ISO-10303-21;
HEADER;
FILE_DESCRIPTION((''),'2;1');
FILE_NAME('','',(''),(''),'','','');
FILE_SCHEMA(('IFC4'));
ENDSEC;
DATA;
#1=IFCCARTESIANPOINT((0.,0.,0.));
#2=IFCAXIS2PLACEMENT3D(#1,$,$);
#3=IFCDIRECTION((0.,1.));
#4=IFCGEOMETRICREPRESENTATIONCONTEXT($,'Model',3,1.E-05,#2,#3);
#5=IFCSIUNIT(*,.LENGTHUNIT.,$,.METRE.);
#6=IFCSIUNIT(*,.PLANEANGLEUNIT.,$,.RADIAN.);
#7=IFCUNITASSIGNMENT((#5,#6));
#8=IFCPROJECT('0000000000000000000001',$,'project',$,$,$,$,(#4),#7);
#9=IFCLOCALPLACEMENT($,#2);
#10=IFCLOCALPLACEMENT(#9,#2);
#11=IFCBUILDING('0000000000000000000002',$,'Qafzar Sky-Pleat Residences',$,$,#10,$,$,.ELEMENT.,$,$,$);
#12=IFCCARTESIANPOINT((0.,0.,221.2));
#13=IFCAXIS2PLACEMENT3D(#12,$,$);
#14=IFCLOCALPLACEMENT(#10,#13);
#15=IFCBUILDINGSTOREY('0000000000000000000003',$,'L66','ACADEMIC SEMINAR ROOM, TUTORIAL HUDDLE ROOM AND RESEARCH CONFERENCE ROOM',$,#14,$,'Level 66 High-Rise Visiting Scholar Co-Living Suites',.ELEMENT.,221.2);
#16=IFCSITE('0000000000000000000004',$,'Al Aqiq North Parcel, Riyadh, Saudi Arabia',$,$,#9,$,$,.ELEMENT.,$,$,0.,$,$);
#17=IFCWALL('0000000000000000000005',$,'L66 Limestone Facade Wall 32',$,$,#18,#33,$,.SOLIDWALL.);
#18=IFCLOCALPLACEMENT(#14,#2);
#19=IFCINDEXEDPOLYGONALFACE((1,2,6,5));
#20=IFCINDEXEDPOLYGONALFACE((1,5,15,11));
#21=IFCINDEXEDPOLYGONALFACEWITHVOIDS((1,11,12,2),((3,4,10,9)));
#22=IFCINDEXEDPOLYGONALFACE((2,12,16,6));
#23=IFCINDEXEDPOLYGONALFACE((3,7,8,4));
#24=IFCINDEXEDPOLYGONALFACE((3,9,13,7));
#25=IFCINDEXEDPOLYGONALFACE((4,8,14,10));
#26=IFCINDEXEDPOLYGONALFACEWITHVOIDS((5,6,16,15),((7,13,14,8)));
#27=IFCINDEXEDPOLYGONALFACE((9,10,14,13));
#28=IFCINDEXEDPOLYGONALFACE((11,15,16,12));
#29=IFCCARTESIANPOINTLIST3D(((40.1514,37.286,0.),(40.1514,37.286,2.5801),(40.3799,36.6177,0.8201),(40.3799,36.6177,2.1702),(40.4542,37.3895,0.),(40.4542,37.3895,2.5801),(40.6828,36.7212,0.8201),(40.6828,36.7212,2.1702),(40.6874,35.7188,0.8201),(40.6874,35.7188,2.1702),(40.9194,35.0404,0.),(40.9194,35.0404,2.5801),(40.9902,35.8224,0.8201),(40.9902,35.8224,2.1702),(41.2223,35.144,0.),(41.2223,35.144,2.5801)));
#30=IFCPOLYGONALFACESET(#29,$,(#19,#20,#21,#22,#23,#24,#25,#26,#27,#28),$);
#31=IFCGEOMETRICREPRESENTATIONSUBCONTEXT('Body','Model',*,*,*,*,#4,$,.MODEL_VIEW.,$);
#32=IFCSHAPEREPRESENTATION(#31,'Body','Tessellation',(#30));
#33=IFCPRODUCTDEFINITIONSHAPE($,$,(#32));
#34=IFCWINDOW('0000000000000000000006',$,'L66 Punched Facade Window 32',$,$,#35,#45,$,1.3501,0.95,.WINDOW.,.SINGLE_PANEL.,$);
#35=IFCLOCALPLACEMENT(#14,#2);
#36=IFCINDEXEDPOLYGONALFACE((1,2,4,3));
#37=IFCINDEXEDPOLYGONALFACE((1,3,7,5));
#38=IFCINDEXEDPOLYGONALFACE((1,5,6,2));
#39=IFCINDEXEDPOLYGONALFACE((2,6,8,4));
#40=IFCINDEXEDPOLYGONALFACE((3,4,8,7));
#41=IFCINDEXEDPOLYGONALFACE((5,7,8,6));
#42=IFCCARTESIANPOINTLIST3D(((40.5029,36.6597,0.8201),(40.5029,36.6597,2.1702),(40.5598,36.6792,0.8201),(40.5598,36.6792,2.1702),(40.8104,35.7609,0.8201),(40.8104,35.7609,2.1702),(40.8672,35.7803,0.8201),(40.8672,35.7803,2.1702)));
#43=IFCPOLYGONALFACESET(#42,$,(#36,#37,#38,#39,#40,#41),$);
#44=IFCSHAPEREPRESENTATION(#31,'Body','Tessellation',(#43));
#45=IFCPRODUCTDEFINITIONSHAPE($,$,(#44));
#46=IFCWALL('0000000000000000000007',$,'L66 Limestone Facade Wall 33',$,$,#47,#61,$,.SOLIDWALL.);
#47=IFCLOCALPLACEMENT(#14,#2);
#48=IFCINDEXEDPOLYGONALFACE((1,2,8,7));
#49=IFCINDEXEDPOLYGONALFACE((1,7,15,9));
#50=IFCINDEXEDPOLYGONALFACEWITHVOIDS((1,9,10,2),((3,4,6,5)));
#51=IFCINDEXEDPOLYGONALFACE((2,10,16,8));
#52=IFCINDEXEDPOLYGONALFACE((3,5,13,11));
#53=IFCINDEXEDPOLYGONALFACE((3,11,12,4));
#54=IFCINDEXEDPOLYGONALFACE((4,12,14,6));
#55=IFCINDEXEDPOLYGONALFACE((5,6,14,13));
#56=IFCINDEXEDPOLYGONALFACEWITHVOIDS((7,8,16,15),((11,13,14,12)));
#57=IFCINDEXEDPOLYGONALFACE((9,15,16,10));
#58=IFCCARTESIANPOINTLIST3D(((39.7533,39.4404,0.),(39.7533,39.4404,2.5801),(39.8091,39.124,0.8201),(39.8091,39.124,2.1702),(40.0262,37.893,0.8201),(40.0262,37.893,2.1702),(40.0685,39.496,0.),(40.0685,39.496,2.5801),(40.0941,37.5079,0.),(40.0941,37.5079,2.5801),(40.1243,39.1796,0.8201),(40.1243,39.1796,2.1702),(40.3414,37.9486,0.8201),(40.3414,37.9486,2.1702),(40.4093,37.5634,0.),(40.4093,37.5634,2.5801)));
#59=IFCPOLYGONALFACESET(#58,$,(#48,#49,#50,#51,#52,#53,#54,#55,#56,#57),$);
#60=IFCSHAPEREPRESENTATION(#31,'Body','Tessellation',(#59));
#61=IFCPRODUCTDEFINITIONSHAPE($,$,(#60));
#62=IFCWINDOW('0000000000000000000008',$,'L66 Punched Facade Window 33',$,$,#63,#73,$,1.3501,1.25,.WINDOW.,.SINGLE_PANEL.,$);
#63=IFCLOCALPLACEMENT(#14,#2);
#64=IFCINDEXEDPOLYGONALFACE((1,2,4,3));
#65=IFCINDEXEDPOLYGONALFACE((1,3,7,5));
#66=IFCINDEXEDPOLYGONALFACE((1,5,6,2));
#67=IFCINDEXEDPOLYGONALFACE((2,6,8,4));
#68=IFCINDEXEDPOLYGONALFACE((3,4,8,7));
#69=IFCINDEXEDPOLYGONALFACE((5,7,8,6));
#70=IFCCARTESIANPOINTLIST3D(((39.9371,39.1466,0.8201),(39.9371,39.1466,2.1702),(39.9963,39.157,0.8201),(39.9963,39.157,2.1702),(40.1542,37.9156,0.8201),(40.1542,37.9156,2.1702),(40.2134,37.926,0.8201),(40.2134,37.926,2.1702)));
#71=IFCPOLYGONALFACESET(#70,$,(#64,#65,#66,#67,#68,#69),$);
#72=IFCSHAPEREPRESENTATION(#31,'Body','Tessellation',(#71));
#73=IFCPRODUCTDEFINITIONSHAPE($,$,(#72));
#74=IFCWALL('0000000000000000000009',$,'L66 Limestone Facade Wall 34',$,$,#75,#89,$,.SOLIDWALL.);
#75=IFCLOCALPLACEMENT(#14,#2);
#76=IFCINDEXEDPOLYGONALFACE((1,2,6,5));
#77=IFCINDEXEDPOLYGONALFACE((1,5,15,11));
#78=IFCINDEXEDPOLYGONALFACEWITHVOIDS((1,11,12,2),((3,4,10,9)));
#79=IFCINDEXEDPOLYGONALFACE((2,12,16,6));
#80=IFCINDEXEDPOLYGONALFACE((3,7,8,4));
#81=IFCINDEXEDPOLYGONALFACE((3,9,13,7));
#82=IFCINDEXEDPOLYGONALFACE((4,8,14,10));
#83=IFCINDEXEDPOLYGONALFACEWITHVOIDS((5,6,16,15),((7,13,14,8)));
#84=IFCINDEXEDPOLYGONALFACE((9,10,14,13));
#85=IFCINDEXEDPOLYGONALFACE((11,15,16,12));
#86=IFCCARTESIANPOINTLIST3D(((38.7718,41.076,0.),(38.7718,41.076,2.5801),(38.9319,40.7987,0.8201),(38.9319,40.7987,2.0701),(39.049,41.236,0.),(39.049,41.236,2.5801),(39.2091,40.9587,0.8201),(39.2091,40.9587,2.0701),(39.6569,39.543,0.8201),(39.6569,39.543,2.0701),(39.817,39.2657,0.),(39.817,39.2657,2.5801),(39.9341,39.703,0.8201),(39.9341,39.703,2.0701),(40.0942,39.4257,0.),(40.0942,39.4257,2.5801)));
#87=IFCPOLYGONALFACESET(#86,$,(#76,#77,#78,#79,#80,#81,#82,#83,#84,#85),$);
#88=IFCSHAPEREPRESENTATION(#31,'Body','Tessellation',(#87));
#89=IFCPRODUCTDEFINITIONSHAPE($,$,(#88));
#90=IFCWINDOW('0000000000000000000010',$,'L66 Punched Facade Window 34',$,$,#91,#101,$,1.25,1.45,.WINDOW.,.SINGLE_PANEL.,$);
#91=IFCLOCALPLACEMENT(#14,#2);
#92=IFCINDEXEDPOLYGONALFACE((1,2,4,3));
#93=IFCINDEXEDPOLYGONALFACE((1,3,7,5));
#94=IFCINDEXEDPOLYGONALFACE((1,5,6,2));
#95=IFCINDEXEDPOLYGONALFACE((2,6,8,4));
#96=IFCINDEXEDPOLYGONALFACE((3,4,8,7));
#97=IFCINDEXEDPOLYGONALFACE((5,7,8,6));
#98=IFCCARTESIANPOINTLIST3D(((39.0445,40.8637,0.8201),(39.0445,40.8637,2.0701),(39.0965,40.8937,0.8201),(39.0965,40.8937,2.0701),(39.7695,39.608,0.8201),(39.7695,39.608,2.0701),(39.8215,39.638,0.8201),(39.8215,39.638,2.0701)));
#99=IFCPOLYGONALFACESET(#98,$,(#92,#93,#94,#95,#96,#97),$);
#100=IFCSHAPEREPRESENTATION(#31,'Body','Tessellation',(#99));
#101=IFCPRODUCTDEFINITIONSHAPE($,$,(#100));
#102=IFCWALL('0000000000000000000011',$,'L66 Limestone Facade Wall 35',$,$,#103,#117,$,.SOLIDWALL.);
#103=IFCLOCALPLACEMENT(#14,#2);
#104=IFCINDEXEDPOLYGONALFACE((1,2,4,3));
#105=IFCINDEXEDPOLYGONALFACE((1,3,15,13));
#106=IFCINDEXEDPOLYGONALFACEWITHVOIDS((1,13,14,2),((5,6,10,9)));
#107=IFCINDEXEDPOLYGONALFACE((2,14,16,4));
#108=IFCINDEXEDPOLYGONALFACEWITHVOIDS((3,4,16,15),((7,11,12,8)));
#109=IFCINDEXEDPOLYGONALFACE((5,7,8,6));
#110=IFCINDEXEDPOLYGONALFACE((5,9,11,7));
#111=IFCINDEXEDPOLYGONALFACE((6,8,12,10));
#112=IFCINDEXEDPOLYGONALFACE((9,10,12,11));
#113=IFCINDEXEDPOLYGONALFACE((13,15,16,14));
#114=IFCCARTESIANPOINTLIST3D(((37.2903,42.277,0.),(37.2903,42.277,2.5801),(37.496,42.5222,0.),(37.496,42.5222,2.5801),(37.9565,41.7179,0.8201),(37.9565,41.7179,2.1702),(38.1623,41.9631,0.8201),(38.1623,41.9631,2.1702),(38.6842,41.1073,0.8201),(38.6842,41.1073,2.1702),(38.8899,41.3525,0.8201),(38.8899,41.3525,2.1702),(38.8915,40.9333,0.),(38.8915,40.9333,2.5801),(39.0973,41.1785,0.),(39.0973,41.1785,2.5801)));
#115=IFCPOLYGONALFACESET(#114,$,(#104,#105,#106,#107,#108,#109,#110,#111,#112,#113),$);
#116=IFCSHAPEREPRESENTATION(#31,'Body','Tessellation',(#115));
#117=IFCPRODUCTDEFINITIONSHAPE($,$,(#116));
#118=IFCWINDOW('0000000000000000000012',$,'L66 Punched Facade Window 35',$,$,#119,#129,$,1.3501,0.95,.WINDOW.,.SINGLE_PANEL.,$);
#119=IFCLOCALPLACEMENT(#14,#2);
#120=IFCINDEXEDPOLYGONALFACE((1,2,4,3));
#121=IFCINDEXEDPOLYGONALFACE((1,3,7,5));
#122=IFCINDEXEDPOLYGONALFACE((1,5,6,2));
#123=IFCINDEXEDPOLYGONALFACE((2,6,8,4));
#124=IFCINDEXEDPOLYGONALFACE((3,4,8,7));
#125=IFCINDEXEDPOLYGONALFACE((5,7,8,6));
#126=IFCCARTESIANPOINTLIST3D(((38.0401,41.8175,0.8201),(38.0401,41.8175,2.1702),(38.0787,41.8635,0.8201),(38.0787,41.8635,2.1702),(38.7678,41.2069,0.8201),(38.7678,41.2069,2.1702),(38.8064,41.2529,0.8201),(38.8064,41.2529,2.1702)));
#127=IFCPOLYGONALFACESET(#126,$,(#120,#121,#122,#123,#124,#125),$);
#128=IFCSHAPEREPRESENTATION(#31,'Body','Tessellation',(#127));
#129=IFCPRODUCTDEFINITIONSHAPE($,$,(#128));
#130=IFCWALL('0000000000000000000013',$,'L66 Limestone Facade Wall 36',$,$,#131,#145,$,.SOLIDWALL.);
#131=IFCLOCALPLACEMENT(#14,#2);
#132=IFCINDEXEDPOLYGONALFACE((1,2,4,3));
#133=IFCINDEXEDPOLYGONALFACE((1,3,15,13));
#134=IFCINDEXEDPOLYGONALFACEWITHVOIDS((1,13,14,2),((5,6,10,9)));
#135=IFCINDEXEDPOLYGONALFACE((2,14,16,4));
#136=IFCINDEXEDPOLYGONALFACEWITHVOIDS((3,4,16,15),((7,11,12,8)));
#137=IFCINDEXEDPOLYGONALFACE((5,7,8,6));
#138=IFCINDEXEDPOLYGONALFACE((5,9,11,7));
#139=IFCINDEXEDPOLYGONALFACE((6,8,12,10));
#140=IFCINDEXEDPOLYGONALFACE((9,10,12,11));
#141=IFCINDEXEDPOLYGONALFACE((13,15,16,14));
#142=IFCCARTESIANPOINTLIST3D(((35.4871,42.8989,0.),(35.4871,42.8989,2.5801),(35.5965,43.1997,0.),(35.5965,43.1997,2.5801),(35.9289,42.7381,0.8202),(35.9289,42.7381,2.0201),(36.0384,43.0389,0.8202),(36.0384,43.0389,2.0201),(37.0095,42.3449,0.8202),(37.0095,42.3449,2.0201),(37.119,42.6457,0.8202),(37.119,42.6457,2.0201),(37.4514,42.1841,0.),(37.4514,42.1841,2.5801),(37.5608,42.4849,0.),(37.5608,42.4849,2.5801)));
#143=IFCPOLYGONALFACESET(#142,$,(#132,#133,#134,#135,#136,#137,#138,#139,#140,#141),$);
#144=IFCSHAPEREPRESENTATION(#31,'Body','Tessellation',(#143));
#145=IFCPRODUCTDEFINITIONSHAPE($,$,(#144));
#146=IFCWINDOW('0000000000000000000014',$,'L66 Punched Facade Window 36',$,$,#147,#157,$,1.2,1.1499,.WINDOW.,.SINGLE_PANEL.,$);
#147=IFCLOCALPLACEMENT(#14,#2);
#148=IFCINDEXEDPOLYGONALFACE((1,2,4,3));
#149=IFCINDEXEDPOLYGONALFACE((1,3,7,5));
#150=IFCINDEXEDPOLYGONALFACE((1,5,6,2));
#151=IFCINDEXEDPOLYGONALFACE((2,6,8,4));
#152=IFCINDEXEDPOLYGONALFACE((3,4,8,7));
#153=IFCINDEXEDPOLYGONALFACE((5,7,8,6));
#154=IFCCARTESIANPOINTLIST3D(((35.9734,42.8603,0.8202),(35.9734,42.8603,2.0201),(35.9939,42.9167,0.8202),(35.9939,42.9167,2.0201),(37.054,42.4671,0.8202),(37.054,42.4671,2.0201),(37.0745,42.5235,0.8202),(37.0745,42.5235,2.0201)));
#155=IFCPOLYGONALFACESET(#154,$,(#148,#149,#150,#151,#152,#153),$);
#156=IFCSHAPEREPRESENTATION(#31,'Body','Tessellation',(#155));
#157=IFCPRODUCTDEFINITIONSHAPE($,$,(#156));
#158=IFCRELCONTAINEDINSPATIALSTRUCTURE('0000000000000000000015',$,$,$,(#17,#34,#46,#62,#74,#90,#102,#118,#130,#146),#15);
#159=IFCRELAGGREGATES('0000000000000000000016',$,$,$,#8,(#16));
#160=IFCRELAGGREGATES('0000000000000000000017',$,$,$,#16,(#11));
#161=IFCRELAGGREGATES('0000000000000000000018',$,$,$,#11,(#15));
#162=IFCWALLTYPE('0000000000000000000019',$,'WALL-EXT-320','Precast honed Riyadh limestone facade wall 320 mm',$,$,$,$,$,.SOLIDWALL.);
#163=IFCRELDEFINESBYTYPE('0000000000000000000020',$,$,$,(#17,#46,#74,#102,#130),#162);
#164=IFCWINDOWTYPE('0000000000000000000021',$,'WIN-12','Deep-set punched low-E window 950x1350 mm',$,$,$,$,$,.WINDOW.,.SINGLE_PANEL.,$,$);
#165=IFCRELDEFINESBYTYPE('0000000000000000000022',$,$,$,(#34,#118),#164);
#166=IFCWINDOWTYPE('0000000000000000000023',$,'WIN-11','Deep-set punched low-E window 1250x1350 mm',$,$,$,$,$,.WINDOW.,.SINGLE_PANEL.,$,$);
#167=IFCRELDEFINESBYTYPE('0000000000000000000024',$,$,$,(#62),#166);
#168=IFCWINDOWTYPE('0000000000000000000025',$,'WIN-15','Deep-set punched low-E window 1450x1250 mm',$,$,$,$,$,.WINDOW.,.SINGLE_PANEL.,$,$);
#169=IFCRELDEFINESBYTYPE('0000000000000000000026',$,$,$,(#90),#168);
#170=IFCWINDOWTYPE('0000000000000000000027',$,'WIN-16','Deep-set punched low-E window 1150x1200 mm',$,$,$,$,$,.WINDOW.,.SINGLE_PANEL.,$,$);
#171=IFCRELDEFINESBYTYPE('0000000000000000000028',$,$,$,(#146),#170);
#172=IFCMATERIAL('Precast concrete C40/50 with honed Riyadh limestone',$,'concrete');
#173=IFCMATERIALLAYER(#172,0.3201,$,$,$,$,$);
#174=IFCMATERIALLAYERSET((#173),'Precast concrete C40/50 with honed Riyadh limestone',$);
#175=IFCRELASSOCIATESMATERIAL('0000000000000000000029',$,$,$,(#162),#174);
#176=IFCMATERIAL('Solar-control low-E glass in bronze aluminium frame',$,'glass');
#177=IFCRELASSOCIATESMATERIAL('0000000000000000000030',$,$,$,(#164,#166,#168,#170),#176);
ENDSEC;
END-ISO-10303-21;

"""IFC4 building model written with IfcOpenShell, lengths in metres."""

from ifc_helpers import new_model, si_unit, direction, frame, frame_2d, origin, place, context, subcontext, project, spatial, rectangle, extrude, source, transform, mapped, material, layer, layer_set, type_object, element, fill, save


model = new_model("IFC4")

# Units and contexts
model_context = context("Model", 3, precision=1e-05, world=origin(), true_north=direction((0.0, 1.0)))
body_context = subcontext(model_context, "Body", "Model", "MODEL_VIEW")
ifc_project = project(units=[si_unit("LENGTHUNIT", "METRE"), si_unit("PLANEANGLEUNIT", "RADIAN")], contexts=[model_context])

# Site, building, storey
site_placement = place(None, origin())
site = spatial("IfcSite", under=ifc_project, at=site_placement, Name="Al Aqiq North Parcel, Riyadh, Saudi Arabia", CompositionType="ELEMENT", RefElevation=0.0)
building_placement = place(site_placement, origin())
building = spatial("IfcBuilding", under=site, at=building_placement, Name="Qafzar Sky-Pleat Residences", CompositionType="ELEMENT")
storey_placement = place(building_placement, frame((0.0, 0.0, 221.2)))
storey = spatial("IfcBuildingStorey", under=building, at=storey_placement, Name="L66", Description="ACADEMIC SEMINAR ROOM, TUTORIAL HUDDLE ROOM AND RESEARCH CONFERENCE ROOM", LongName="Level 66 High-Rise Visiting Scholar Co-Living Suites", CompositionType="ELEMENT", Elevation=221.2)

# Walls, openings, windows
ifc_material_1 = material(Name="Precast concrete C40/50 with honed Riyadh limestone", Category="concrete")
ifc_layer_1 = layer(ifc_material_1, 0.3201)
ifc_layer_set_1 = layer_set([ifc_layer_1], Name="Precast concrete C40/50 with honed Riyadh limestone")
wall_type_1 = type_object("IfcWallType", Name="WALL-EXT-320", Description="Precast honed Riyadh limestone facade wall 320 mm", PredefinedType="SOLIDWALL", material=ifc_layer_set_1)
wall_1_placement = place(storey_placement, frame((41.0708, 35.0923, 0.0), z_axis=(0.0, 0.0, 1.0), x_axis=(-0.323625, 0.946186, 0.0)))
wall_1 = element("IfcWall", 1, at=wall_1_placement, inside=storey, type_object=wall_type_1, Name="L66 Limestone Facade Wall 32", PredefinedType="SOLIDWALL", context=body_context, shape_type="SweptSolid", body=[
    extrude(rectangle(XDim=2.3733, YDim=0.3201, at=frame_2d((1.1865, 0.0))), origin(), (0.0, 0.0, 1.0), 2.5801),
])
opening_1_placement = place(wall_1_placement, frame((0.7168, 0.0, 0.8201)))
opening_1 = element("IfcOpeningElement", 2, at=opening_1_placement, cuts=wall_1, PredefinedType="OPENING", context=body_context, shape_type="SweptSolid", body=[
    extrude(rectangle(XDim=0.95, YDim=1.3501, at=frame_2d((0.4751, 0.675))), frame((0.0, 0.1699, 0.0), z_axis=(0.0, -1.0, 0.0), x_axis=(1.0, 0.0, 0.0)), (0.0, 0.0, 1.0), 0.3401),
])
ifc_material_2 = material(Name="Solar-control low-E glass in bronze aluminium frame", Category="glass")
window_type_1 = type_object("IfcWindowType", Name="WIN-12", Description="Deep-set punched low-E window 950x1350 mm", PartitioningType="SINGLE_PANEL", PredefinedType="WINDOW", material=ifc_material_2)
shared_shape_1 = source(origin(), body_context, "Body", "SweptSolid", [
    extrude(rectangle(XDim=0.95, YDim=1.3501, at=frame_2d((0.4751, 0.675))), frame((0.0, 0.03, 0.0), z_axis=(0.0, -1.0, 0.0), x_axis=(1.0, 0.0, 0.0)), (0.0, 0.0, 1.0), 0.0601),
])
window_1_placement = place(opening_1_placement, origin())
window_1 = element("IfcWindow", 3, at=window_1_placement, inside=storey, type_object=window_type_1, Name="L66 Punched Facade Window 32", OverallHeight=1.3501, OverallWidth=0.95, PartitioningType="SINGLE_PANEL", PredefinedType="WINDOW", context=body_context, shape_type="MappedRepresentation", body=[
    mapped(shared_shape_1, transform((0.0, 0.0, 0.0), x_axis=(1.0, 0.0, 0.0), y_axis=(0.0, 1.0, 0.0), z_axis=(0.0, 0.0, 1.0), scale=1.0)),
])
fill(opening_1, window_1)
wall_2_placement = place(storey_placement, frame((40.2517, 37.5356, 0.0), z_axis=(0.0, 0.0, 1.0), x_axis=(-0.173672, 0.984804, 0.0)))
wall_2 = element("IfcWall", 4, at=wall_2_placement, inside=storey, type_object=wall_type_1, Name="L66 Limestone Facade Wall 33", PredefinedType="SOLIDWALL", context=body_context, shape_type="SweptSolid", body=[
    extrude(rectangle(XDim=1.9624, YDim=0.3201, at=frame_2d((0.9812, 0.0))), origin(), (0.0, 0.0, 1.0), 2.5801),
])
opening_2_placement = place(wall_2_placement, frame((0.3911, 0.0, 0.8201)))
opening_2 = element("IfcOpeningElement", 5, at=opening_2_placement, cuts=wall_2, PredefinedType="OPENING", context=body_context, shape_type="SweptSolid", body=[
    extrude(rectangle(XDim=1.25, YDim=1.3501, at=frame_2d((0.625, 0.675))), frame((0.0, 0.1699, 0.0), z_axis=(0.0, -1.0, 0.0), x_axis=(1.0, 0.0, 0.0)), (0.0, 0.0, 1.0), 0.3401),
])
window_type_2 = type_object("IfcWindowType", Name="WIN-11", Description="Deep-set punched low-E window 1250x1350 mm", PartitioningType="SINGLE_PANEL", PredefinedType="WINDOW", material=ifc_material_2)
shared_shape_2 = source(origin(), body_context, "Body", "SweptSolid", [
    extrude(rectangle(XDim=1.25, YDim=1.3501, at=frame_2d((0.625, 0.675))), frame((0.0, 0.03, 0.0), z_axis=(0.0, -1.0, 0.0), x_axis=(1.0, 0.0, 0.0)), (0.0, 0.0, 1.0), 0.0601),
])
window_2_placement = place(opening_2_placement, origin())
window_2 = element("IfcWindow", 6, at=window_2_placement, inside=storey, type_object=window_type_2, Name="L66 Punched Facade Window 33", OverallHeight=1.3501, OverallWidth=1.25, PartitioningType="SINGLE_PANEL", PredefinedType="WINDOW", context=body_context, shape_type="MappedRepresentation", body=[
    mapped(shared_shape_2, transform((0.0, 0.0, 0.0), x_axis=(1.0, 0.0, 0.0), y_axis=(0.0, 1.0, 0.0), z_axis=(0.0, 0.0, 1.0), scale=1.0)),
])
fill(opening_2, window_2)
wall_3_placement = place(storey_placement, frame((39.9556, 39.3457, 0.0), z_axis=(0.0, 0.0, 1.0), x_axis=(-0.499995, 0.866028, 0.0)))
wall_3 = element("IfcWall", 7, at=wall_3_placement, inside=storey, type_object=wall_type_1, Name="L66 Limestone Facade Wall 34", PredefinedType="SOLIDWALL", context=body_context, shape_type="SweptSolid", body=[
    extrude(rectangle(XDim=2.0903, YDim=0.3201, at=frame_2d((1.0452, 0.0))), origin(), (0.0, 0.0, 1.0), 2.5801),
])
opening_3_placement = place(wall_3_placement, frame((0.3201, 0.0, 0.8201)))
opening_3 = element("IfcOpeningElement", 8, at=opening_3_placement, cuts=wall_3, PredefinedType="OPENING", context=body_context, shape_type="SweptSolid", body=[
    extrude(rectangle(XDim=1.45, YDim=1.25, at=frame_2d((0.7251, 0.625))), frame((0.0, 0.1699, 0.0), z_axis=(0.0, -1.0, 0.0), x_axis=(1.0, 0.0, 0.0)), (0.0, 0.0, 1.0), 0.3401),
])
window_type_3 = type_object("IfcWindowType", Name="WIN-15", Description="Deep-set punched low-E window 1450x1250 mm", PartitioningType="SINGLE_PANEL", PredefinedType="WINDOW", material=ifc_material_2)
shared_shape_3 = source(origin(), body_context, "Body", "SweptSolid", [
    extrude(rectangle(XDim=1.45, YDim=1.25, at=frame_2d((0.7251, 0.625))), frame((0.0, 0.03, 0.0), z_axis=(0.0, -1.0, 0.0), x_axis=(1.0, 0.0, 0.0)), (0.0, 0.0, 1.0), 0.0601),
])
window_3_placement = place(opening_3_placement, origin())
window_3 = element("IfcWindow", 9, at=window_3_placement, inside=storey, type_object=window_type_3, Name="L66 Punched Facade Window 34", OverallHeight=1.25, OverallWidth=1.45, PartitioningType="SINGLE_PANEL", PredefinedType="WINDOW", context=body_context, shape_type="MappedRepresentation", body=[
    mapped(shared_shape_3, transform((0.0, 0.0, 0.0), x_axis=(1.0, 0.0, 0.0), y_axis=(0.0, 1.0, 0.0), z_axis=(0.0, 0.0, 1.0), scale=1.0)),
])
fill(opening_3, window_3)
wall_4_placement = place(storey_placement, frame((38.9944, 41.0559, 0.0), z_axis=(0.0, 0.0, 1.0), x_axis=(-0.766025, 0.642811, 0.0)))
wall_4 = element("IfcWall", 10, at=wall_4_placement, inside=storey, type_object=wall_type_1, Name="L66 Limestone Facade Wall 35", PredefinedType="SOLIDWALL", context=body_context, shape_type="SweptSolid", body=[
    extrude(rectangle(XDim=2.0903, YDim=0.3201, at=frame_2d((1.0452, 0.0))), origin(), (0.0, 0.0, 1.0), 2.5801),
])
opening_4_placement = place(wall_4_placement, frame((0.2705, 0.0, 0.8201)))
opening_4 = element("IfcOpeningElement", 11, at=opening_4_placement, cuts=wall_4, PredefinedType="OPENING", context=body_context, shape_type="SweptSolid", body=[
    extrude(rectangle(XDim=0.95, YDim=1.3501, at=frame_2d((0.4751, 0.675))), frame((0.0, 0.1699, 0.0), z_axis=(0.0, -1.0, 0.0), x_axis=(1.0, 0.0, 0.0)), (0.0, 0.0, 1.0), 0.3401),
])
window_4_placement = place(opening_4_placement, origin())
window_4 = element("IfcWindow", 12, at=window_4_placement, inside=storey, type_object=window_type_1, Name="L66 Punched Facade Window 35", OverallHeight=1.3501, OverallWidth=0.95, PartitioningType="SINGLE_PANEL", PredefinedType="WINDOW", context=body_context, shape_type="MappedRepresentation", body=[
    mapped(shared_shape_1, transform((0.0, 0.0, 0.0), x_axis=(1.0, 0.0, 0.0), y_axis=(0.0, 1.0, 0.0), z_axis=(0.0, 0.0, 1.0), scale=1.0)),
])
fill(opening_4, window_4)
wall_5_placement = place(storey_placement, frame((37.5061, 42.3345, 0.0), z_axis=(0.0, 0.0, 1.0), x_axis=(-0.939712, 0.341968, 0.0)))
wall_5 = element("IfcWall", 13, at=wall_5_placement, inside=storey, type_object=wall_type_1, Name="L66 Limestone Facade Wall 36", PredefinedType="SOLIDWALL", context=body_context, shape_type="SweptSolid", body=[
    extrude(rectangle(XDim=2.0903, YDim=0.3201, at=frame_2d((1.0452, 0.0))), origin(), (0.0, 0.0, 1.0), 2.5801),
])
opening_5_placement = place(wall_5_placement, frame((0.4702, 0.0, 0.8201)))
opening_5 = element("IfcOpeningElement", 14, at=opening_5_placement, cuts=wall_5, PredefinedType="OPENING", context=body_context, shape_type="SweptSolid", body=[
    extrude(rectangle(XDim=1.1499, YDim=1.2, at=frame_2d((0.575, 0.6001))), frame((0.0, 0.1699, 0.0), z_axis=(0.0, -1.0, 0.0), x_axis=(1.0, 0.0, 0.0)), (0.0, 0.0, 1.0), 0.3401),
])
window_type_4 = type_object("IfcWindowType", Name="WIN-16", Description="Deep-set punched low-E window 1150x1200 mm", PartitioningType="SINGLE_PANEL", PredefinedType="WINDOW", material=ifc_material_2)
shared_shape_4 = source(origin(), body_context, "Body", "SweptSolid", [
    extrude(rectangle(XDim=1.1499, YDim=1.2, at=frame_2d((0.575, 0.6001))), frame((0.0, 0.03, 0.0), z_axis=(0.0, -1.0, 0.0), x_axis=(1.0, 0.0, 0.0)), (0.0, 0.0, 1.0), 0.0601),
])
window_5_placement = place(opening_5_placement, origin())
window_5 = element("IfcWindow", 15, at=window_5_placement, inside=storey, type_object=window_type_4, Name="L66 Punched Facade Window 36", OverallHeight=1.2, OverallWidth=1.1499, PartitioningType="SINGLE_PANEL", PredefinedType="WINDOW", context=body_context, shape_type="MappedRepresentation", body=[
    mapped(shared_shape_4, transform((0.0, 0.0, 0.0), x_axis=(1.0, 0.0, 0.0), y_axis=(0.0, 1.0, 0.0), z_axis=(0.0, 0.0, 1.0), scale=1.0)),
])
fill(opening_5, window_5)

save(model, "model.ifc")
